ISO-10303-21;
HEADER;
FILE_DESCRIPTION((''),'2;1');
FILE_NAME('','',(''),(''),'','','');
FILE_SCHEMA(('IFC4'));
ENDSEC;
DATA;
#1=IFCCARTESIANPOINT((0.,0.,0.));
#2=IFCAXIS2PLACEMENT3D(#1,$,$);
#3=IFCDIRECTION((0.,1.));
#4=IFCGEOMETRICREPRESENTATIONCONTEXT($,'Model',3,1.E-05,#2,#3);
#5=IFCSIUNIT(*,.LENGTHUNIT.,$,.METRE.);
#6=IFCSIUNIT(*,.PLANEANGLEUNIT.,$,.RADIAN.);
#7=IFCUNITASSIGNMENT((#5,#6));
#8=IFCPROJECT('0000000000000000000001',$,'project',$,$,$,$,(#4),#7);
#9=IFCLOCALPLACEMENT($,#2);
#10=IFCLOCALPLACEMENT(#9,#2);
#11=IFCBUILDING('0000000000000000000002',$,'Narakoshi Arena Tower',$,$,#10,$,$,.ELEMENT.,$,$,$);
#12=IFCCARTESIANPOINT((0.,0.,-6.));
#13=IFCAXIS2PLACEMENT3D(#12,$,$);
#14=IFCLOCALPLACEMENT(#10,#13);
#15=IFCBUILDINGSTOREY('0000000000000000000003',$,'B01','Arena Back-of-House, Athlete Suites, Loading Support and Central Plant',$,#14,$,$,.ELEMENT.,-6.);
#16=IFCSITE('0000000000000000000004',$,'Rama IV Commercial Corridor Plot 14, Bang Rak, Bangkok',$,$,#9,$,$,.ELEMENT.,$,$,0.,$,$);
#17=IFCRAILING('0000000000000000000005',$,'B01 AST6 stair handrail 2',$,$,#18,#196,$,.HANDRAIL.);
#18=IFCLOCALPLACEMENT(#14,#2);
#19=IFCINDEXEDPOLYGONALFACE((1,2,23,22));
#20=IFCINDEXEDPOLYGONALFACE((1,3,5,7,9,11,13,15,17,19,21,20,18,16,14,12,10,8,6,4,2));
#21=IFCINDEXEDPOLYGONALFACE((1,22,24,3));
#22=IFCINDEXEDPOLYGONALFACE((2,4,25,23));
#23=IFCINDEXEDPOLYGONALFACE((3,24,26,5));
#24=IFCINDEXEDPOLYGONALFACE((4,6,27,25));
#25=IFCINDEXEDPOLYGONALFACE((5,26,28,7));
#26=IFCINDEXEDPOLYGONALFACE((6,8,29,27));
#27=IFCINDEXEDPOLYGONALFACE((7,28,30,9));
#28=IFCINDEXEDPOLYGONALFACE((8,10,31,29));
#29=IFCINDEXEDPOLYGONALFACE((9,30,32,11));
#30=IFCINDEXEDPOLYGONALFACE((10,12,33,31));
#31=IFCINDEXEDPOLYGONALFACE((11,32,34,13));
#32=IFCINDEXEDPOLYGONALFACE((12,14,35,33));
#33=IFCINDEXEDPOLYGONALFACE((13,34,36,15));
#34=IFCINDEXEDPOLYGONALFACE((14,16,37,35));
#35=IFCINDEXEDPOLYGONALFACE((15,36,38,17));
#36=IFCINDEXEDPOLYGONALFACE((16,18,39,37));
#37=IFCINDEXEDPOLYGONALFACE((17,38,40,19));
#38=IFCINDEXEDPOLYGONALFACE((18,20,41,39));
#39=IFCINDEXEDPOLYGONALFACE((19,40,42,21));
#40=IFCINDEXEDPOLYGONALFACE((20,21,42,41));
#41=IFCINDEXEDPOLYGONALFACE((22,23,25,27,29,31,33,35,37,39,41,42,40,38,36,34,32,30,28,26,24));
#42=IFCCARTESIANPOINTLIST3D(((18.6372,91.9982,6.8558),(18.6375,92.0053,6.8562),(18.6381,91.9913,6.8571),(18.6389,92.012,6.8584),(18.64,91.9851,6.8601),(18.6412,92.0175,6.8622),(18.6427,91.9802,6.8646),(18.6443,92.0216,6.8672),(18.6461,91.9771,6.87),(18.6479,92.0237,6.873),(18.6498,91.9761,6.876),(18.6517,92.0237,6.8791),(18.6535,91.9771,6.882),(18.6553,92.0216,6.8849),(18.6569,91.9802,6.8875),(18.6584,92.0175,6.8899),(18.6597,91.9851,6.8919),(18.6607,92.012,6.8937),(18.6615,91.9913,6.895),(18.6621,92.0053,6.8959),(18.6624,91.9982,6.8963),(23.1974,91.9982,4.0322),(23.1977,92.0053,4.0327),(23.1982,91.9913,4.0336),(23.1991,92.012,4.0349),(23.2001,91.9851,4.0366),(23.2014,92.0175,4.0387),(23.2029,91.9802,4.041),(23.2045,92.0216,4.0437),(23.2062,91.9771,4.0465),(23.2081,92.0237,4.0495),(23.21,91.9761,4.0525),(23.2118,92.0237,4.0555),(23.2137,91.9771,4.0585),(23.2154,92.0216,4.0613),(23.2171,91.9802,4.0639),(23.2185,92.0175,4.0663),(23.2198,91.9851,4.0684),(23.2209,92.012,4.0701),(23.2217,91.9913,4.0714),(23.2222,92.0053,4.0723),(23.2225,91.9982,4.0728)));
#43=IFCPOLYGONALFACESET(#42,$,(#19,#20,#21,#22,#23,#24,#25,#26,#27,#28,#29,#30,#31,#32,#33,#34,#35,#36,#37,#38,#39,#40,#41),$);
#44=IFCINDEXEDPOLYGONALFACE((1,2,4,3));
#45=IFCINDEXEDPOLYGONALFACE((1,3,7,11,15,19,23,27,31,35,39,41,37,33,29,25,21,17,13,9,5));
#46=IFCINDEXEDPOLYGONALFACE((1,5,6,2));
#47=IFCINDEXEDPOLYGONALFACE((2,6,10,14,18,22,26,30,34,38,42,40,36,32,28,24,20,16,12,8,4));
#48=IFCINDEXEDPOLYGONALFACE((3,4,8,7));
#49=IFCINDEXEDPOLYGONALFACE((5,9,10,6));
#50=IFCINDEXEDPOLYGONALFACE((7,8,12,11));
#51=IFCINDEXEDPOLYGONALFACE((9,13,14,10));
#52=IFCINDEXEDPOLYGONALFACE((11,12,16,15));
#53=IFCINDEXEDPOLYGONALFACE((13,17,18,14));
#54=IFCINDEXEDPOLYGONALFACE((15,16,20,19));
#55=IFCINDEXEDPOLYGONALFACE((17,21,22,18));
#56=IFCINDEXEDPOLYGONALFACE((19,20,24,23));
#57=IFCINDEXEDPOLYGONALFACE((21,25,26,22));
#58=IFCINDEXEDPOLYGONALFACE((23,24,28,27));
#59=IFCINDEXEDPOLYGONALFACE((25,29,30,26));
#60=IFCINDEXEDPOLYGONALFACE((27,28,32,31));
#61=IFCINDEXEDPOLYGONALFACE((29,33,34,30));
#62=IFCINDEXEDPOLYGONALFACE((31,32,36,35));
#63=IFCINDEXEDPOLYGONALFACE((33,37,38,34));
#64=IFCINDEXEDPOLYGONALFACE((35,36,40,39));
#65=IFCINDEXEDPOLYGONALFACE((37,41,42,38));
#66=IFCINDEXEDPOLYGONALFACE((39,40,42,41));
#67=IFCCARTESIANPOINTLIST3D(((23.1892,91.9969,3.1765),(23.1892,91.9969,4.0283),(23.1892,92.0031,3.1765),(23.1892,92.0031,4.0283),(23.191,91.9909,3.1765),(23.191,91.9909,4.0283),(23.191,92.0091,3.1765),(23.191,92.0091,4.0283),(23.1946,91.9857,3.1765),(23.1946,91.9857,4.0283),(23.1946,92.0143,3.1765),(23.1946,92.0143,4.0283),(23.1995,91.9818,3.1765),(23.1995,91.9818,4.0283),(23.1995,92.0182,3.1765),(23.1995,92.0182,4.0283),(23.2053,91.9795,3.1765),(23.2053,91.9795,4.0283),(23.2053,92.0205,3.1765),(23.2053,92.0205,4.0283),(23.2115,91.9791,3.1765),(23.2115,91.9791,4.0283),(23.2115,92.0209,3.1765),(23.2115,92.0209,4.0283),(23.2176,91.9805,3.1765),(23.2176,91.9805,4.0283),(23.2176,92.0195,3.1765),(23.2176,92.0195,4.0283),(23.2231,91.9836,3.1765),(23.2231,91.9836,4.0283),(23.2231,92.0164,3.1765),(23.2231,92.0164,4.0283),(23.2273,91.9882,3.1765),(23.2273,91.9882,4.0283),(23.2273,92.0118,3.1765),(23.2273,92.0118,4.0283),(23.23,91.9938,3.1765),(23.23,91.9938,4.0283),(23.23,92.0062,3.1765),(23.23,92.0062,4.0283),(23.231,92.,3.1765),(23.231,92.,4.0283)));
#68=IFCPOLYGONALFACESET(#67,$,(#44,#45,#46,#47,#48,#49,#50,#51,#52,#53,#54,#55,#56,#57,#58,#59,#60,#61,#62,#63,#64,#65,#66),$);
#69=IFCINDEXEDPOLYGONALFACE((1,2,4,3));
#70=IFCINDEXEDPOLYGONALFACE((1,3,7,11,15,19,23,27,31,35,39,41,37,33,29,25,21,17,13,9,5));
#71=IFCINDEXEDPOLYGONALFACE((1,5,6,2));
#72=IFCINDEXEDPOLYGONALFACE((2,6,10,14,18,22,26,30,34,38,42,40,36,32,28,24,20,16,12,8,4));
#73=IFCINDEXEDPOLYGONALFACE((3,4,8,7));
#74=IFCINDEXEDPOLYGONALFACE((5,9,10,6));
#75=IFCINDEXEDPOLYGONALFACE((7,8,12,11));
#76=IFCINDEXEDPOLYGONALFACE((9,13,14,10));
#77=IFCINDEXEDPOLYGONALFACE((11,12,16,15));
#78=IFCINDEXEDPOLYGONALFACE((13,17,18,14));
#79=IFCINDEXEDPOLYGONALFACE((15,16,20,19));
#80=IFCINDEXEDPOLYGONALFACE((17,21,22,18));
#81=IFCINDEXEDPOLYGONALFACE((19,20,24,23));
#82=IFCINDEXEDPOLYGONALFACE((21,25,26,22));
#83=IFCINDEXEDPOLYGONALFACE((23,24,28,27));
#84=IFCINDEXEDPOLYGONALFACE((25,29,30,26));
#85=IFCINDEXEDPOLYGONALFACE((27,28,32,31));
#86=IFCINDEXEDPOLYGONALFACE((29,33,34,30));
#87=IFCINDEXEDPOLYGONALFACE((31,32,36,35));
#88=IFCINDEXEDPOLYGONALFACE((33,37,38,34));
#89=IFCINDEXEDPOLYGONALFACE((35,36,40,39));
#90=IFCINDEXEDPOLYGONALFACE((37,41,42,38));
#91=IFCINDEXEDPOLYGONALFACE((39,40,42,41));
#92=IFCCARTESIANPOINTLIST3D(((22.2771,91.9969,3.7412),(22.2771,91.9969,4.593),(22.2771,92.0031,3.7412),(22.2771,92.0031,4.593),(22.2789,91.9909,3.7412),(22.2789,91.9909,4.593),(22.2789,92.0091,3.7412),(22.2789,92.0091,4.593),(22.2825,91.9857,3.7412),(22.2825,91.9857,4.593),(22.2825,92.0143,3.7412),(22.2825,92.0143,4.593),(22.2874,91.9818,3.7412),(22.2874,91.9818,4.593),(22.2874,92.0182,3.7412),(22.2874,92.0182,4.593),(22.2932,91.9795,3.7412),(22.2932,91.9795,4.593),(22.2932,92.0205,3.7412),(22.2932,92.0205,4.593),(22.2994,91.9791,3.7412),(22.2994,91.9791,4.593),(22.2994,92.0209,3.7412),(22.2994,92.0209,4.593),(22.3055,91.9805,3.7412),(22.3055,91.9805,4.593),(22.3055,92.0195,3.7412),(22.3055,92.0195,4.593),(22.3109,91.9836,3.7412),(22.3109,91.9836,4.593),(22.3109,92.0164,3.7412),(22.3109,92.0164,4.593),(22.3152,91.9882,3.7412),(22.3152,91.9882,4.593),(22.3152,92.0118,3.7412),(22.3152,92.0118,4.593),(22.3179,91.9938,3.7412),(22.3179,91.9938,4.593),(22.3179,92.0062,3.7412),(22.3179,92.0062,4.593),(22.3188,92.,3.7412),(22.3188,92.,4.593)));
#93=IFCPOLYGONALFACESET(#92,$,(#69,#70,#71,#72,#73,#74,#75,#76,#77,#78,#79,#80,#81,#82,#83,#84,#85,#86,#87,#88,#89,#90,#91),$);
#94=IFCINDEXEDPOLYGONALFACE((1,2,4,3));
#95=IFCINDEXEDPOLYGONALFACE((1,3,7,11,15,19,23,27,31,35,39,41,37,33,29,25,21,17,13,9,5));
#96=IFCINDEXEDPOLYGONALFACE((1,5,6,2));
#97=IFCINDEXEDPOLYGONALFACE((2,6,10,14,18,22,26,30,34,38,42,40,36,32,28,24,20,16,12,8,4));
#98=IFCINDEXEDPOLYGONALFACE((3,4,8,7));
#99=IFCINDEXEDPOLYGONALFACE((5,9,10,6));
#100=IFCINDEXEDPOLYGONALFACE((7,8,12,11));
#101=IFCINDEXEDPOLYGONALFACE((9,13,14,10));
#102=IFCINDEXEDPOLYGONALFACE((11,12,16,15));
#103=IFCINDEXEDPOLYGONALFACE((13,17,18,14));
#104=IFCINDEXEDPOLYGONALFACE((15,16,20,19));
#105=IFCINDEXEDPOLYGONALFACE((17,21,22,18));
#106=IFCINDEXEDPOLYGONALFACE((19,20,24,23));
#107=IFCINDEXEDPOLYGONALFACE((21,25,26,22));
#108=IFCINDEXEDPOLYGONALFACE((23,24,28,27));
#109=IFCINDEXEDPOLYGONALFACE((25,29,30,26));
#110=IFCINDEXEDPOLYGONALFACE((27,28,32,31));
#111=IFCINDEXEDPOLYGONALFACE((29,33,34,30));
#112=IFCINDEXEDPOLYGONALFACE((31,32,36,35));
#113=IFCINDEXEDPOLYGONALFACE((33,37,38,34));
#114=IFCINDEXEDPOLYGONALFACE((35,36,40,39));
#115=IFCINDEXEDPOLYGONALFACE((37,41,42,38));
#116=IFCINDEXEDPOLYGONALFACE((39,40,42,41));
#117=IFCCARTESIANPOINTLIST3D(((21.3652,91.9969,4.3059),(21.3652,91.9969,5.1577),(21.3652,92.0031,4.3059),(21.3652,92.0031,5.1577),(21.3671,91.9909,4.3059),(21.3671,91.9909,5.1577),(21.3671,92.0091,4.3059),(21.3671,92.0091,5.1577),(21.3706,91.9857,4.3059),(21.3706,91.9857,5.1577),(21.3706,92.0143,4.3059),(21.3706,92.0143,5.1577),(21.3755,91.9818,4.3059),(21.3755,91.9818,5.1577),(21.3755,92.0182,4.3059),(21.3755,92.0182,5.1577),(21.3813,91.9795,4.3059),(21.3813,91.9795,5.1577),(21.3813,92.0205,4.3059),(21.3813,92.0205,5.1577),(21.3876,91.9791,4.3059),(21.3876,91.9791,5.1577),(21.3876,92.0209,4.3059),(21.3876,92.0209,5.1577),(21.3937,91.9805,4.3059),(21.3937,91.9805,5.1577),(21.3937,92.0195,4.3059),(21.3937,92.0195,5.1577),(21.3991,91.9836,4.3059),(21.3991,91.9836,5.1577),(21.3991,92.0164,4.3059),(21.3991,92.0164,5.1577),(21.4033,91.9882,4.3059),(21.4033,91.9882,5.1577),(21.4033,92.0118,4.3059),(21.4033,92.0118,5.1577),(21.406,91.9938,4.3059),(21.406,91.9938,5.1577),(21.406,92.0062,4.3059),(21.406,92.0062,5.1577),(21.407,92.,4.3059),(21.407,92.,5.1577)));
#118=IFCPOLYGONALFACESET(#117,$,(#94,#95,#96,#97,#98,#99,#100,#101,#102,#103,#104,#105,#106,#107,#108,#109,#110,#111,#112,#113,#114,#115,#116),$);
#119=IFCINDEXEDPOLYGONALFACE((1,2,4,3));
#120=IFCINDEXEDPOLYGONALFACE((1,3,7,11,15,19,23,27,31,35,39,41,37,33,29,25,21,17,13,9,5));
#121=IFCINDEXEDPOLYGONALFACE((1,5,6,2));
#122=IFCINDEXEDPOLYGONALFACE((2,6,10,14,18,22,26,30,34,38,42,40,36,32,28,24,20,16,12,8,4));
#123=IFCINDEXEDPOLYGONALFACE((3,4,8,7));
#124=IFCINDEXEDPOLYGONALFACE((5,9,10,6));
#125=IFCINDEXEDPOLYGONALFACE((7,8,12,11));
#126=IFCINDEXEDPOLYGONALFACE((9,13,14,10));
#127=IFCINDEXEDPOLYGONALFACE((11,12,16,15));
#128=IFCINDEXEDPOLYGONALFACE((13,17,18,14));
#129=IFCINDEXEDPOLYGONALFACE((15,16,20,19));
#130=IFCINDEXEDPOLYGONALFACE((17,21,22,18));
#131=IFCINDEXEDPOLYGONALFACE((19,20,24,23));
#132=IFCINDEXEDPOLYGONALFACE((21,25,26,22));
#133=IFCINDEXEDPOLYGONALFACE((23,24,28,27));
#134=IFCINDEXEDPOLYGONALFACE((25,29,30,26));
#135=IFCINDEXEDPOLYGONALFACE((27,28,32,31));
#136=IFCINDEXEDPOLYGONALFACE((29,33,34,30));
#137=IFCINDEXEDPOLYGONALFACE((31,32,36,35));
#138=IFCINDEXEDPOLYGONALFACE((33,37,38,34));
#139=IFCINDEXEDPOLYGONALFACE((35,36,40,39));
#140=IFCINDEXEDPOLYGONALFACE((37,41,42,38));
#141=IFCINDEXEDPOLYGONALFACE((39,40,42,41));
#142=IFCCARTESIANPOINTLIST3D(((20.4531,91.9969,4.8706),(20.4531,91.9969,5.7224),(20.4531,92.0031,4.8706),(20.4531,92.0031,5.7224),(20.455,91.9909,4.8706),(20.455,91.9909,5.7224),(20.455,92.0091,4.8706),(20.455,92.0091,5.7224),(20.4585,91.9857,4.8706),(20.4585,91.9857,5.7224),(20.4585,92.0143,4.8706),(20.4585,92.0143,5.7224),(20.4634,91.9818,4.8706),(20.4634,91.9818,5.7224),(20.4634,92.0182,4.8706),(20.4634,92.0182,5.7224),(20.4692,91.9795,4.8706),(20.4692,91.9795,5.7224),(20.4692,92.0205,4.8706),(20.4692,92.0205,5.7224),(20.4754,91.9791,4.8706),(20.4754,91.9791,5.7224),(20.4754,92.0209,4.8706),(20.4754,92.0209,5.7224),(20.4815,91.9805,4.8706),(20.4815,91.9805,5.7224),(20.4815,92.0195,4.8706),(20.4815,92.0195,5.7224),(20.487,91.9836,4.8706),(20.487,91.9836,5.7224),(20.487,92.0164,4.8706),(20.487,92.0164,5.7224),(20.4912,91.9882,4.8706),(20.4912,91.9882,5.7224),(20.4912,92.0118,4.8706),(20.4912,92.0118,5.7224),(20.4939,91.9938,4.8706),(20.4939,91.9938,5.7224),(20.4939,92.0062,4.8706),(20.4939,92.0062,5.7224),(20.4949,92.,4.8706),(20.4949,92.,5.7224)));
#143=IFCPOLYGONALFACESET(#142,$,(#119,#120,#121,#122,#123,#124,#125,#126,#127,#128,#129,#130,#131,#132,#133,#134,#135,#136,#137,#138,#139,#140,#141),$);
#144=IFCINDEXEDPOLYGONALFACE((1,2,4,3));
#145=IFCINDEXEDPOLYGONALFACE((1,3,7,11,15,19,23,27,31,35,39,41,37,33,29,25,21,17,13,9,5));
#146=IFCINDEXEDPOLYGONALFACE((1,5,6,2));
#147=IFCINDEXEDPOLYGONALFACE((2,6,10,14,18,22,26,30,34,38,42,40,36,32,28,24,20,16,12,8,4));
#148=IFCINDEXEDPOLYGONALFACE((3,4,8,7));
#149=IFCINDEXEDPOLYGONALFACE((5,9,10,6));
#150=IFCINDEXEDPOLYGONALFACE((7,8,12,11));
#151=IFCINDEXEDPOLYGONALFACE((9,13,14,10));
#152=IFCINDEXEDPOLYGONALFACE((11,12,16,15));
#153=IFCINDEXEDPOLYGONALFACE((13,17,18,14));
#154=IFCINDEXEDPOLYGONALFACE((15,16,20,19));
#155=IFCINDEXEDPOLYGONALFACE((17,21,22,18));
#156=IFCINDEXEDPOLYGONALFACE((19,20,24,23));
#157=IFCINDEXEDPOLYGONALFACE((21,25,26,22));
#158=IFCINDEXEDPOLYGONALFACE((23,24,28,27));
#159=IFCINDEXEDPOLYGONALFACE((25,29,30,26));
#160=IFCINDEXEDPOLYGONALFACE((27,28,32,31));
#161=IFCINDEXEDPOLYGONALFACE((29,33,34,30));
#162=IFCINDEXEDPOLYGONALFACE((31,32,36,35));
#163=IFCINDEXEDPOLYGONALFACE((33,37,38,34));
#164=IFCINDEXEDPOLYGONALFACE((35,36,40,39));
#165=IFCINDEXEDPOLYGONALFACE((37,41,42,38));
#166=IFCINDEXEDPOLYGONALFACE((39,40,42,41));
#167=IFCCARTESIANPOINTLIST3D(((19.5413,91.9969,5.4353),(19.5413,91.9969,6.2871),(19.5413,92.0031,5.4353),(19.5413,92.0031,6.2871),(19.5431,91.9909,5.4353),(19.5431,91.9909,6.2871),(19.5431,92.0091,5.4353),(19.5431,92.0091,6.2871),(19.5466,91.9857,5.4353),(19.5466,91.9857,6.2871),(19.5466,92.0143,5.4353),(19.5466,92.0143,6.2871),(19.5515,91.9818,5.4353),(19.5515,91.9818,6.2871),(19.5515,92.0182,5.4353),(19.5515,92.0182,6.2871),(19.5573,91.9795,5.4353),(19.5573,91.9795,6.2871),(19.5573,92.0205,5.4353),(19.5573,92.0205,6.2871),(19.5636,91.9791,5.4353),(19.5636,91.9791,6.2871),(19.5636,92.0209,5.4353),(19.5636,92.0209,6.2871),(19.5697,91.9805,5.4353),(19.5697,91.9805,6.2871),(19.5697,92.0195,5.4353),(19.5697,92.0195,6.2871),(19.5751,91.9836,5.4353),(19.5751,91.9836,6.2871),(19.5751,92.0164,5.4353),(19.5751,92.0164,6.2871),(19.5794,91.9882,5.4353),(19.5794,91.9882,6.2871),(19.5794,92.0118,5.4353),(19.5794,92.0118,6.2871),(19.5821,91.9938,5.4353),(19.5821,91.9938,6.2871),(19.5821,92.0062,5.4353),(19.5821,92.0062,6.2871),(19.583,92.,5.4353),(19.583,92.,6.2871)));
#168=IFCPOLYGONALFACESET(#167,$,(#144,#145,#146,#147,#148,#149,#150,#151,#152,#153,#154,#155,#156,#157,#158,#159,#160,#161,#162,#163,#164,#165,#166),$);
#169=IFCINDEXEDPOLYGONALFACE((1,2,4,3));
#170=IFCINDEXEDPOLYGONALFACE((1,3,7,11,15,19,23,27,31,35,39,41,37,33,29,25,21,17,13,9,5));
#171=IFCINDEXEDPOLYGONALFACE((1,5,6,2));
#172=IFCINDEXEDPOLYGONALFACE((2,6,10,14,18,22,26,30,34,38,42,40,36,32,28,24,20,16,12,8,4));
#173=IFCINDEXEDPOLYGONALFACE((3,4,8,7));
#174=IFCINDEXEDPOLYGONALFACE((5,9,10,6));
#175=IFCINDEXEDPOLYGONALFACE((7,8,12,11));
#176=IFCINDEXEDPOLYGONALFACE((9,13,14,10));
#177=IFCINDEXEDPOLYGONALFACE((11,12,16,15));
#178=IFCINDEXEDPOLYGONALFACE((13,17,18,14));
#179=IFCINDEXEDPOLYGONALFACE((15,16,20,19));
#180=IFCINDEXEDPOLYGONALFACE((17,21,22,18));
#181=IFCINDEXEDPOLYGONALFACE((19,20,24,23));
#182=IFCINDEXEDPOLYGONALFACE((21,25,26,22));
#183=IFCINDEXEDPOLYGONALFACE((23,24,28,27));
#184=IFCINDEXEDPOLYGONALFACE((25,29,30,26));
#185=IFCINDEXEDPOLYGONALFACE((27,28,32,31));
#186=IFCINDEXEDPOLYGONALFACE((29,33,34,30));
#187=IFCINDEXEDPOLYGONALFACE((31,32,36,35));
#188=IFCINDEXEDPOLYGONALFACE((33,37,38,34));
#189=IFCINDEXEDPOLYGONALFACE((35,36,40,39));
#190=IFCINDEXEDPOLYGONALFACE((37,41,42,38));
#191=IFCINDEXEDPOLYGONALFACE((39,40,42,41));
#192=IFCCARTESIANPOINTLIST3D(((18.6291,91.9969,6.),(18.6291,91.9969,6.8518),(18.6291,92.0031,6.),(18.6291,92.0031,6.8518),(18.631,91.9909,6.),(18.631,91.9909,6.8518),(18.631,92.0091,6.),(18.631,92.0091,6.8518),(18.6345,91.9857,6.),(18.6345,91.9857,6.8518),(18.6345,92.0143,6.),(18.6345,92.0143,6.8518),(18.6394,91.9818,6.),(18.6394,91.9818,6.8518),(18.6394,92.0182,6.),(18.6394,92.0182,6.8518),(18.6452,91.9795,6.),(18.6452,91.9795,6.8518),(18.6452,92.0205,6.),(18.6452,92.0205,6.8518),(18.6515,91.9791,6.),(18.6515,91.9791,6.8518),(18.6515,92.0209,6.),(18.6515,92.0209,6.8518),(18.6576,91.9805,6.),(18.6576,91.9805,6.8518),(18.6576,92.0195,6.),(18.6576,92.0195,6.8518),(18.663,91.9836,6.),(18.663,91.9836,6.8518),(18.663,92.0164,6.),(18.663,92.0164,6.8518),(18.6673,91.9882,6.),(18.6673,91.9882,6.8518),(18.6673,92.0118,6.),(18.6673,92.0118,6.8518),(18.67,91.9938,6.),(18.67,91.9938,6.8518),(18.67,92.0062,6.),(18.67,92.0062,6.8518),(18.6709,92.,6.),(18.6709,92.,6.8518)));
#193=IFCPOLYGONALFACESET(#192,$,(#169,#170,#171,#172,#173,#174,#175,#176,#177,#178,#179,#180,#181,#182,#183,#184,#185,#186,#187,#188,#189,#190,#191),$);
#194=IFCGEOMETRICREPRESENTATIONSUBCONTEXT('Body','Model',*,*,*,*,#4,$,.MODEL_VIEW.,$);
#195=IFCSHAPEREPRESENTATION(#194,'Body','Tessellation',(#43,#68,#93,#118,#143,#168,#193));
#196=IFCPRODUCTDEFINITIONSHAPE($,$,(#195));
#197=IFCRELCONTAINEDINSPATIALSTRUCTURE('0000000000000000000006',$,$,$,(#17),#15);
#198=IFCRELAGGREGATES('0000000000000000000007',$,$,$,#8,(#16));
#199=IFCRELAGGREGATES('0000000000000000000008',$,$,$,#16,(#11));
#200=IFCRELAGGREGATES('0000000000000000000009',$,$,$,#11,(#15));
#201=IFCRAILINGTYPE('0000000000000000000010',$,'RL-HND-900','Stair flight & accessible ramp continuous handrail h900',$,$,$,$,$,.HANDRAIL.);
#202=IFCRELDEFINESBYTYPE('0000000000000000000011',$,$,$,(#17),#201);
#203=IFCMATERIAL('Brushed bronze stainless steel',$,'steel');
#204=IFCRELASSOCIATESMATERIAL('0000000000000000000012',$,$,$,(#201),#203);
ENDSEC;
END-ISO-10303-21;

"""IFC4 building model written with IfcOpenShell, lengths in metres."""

from ifc_helpers import new_model, si_unit, direction, frame, origin, origin_2d, place, context, subcontext, project, spatial, circle, extrude, material, type_object, element, save


model = new_model("IFC4")

# Units and contexts
model_context = context("Model", 3, precision=1e-05, world=origin(), true_north=direction((0.0, 1.0)))
body_context = subcontext(model_context, "Body", "Model", "MODEL_VIEW")
ifc_project = project(units=[si_unit("LENGTHUNIT", "METRE"), si_unit("PLANEANGLEUNIT", "RADIAN")], contexts=[model_context])

# Site, building, storey
site_placement = place(None, origin())
site = spatial("IfcSite", under=ifc_project, at=site_placement, Name="Rama IV Commercial Corridor Plot 14, Bang Rak, Bangkok", CompositionType="ELEMENT", RefElevation=0.0)
building_placement = place(site_placement, origin())
building = spatial("IfcBuilding", under=site, at=building_placement, Name="Narakoshi Arena Tower", CompositionType="ELEMENT")
storey_placement = place(building_placement, frame((0.0, 0.0, -6.0)))
storey = spatial("IfcBuildingStorey", under=building, at=storey_placement, Name="B01", Description="Arena Back-of-House, Athlete Suites, Loading Support and Central Plant", CompositionType="ELEMENT", Elevation=-6.0)

# Railing
ifc_material_1 = material(Name="Brushed bronze stainless steel", Category="steel")
railing_type_1 = type_object("IfcRailingType", Name="RL-HND-900", Description="Stair flight & accessible ramp continuous handrail h900", PredefinedType="HANDRAIL", material=ifc_material_1)
railing_1_placement = place(storey_placement, frame((23.21, 92.0, 3.1765)))
element("IfcRailing", 1, at=railing_1_placement, inside=storey, type_object=railing_type_1, Name="B01 AST6 stair handrail 2", PredefinedType="HANDRAIL", context=body_context, shape_type="SweptSolid", body=[
    extrude(circle(Radius=0.0239, at=origin_2d()), frame((0.0, 0.0, 0.876), z_axis=(-0.850216, 0.0, 0.526435), x_axis=(0.0, -1.0, 0.0)), (0.0, 0.0, 1.0), 5.3635),
    extrude(circle(Radius=0.021, at=origin_2d()), origin(), (0.0, 0.0, 1.0), 0.8518),
    extrude(circle(Radius=0.021, at=origin_2d()), frame((-0.9121, 0.0, 0.5647)), (0.0, 0.0, 1.0), 0.8518),
    extrude(circle(Radius=0.021, at=origin_2d()), frame((-1.824, 0.0, 1.1294)), (0.0, 0.0, 1.0), 0.8518),
    extrude(circle(Radius=0.021, at=origin_2d()), frame((-2.7361, 0.0, 1.6941)), (0.0, 0.0, 1.0), 0.8518),
    extrude(circle(Radius=0.021, at=origin_2d()), frame((-3.6479, 0.0, 2.2588)), (0.0, 0.0, 1.0), 0.8518),
    extrude(circle(Radius=0.021, at=origin_2d()), frame((-4.5601, 0.0, 2.8235)), (0.0, 0.0, 1.0), 0.8518),
])

save(model, "model.ifc")
